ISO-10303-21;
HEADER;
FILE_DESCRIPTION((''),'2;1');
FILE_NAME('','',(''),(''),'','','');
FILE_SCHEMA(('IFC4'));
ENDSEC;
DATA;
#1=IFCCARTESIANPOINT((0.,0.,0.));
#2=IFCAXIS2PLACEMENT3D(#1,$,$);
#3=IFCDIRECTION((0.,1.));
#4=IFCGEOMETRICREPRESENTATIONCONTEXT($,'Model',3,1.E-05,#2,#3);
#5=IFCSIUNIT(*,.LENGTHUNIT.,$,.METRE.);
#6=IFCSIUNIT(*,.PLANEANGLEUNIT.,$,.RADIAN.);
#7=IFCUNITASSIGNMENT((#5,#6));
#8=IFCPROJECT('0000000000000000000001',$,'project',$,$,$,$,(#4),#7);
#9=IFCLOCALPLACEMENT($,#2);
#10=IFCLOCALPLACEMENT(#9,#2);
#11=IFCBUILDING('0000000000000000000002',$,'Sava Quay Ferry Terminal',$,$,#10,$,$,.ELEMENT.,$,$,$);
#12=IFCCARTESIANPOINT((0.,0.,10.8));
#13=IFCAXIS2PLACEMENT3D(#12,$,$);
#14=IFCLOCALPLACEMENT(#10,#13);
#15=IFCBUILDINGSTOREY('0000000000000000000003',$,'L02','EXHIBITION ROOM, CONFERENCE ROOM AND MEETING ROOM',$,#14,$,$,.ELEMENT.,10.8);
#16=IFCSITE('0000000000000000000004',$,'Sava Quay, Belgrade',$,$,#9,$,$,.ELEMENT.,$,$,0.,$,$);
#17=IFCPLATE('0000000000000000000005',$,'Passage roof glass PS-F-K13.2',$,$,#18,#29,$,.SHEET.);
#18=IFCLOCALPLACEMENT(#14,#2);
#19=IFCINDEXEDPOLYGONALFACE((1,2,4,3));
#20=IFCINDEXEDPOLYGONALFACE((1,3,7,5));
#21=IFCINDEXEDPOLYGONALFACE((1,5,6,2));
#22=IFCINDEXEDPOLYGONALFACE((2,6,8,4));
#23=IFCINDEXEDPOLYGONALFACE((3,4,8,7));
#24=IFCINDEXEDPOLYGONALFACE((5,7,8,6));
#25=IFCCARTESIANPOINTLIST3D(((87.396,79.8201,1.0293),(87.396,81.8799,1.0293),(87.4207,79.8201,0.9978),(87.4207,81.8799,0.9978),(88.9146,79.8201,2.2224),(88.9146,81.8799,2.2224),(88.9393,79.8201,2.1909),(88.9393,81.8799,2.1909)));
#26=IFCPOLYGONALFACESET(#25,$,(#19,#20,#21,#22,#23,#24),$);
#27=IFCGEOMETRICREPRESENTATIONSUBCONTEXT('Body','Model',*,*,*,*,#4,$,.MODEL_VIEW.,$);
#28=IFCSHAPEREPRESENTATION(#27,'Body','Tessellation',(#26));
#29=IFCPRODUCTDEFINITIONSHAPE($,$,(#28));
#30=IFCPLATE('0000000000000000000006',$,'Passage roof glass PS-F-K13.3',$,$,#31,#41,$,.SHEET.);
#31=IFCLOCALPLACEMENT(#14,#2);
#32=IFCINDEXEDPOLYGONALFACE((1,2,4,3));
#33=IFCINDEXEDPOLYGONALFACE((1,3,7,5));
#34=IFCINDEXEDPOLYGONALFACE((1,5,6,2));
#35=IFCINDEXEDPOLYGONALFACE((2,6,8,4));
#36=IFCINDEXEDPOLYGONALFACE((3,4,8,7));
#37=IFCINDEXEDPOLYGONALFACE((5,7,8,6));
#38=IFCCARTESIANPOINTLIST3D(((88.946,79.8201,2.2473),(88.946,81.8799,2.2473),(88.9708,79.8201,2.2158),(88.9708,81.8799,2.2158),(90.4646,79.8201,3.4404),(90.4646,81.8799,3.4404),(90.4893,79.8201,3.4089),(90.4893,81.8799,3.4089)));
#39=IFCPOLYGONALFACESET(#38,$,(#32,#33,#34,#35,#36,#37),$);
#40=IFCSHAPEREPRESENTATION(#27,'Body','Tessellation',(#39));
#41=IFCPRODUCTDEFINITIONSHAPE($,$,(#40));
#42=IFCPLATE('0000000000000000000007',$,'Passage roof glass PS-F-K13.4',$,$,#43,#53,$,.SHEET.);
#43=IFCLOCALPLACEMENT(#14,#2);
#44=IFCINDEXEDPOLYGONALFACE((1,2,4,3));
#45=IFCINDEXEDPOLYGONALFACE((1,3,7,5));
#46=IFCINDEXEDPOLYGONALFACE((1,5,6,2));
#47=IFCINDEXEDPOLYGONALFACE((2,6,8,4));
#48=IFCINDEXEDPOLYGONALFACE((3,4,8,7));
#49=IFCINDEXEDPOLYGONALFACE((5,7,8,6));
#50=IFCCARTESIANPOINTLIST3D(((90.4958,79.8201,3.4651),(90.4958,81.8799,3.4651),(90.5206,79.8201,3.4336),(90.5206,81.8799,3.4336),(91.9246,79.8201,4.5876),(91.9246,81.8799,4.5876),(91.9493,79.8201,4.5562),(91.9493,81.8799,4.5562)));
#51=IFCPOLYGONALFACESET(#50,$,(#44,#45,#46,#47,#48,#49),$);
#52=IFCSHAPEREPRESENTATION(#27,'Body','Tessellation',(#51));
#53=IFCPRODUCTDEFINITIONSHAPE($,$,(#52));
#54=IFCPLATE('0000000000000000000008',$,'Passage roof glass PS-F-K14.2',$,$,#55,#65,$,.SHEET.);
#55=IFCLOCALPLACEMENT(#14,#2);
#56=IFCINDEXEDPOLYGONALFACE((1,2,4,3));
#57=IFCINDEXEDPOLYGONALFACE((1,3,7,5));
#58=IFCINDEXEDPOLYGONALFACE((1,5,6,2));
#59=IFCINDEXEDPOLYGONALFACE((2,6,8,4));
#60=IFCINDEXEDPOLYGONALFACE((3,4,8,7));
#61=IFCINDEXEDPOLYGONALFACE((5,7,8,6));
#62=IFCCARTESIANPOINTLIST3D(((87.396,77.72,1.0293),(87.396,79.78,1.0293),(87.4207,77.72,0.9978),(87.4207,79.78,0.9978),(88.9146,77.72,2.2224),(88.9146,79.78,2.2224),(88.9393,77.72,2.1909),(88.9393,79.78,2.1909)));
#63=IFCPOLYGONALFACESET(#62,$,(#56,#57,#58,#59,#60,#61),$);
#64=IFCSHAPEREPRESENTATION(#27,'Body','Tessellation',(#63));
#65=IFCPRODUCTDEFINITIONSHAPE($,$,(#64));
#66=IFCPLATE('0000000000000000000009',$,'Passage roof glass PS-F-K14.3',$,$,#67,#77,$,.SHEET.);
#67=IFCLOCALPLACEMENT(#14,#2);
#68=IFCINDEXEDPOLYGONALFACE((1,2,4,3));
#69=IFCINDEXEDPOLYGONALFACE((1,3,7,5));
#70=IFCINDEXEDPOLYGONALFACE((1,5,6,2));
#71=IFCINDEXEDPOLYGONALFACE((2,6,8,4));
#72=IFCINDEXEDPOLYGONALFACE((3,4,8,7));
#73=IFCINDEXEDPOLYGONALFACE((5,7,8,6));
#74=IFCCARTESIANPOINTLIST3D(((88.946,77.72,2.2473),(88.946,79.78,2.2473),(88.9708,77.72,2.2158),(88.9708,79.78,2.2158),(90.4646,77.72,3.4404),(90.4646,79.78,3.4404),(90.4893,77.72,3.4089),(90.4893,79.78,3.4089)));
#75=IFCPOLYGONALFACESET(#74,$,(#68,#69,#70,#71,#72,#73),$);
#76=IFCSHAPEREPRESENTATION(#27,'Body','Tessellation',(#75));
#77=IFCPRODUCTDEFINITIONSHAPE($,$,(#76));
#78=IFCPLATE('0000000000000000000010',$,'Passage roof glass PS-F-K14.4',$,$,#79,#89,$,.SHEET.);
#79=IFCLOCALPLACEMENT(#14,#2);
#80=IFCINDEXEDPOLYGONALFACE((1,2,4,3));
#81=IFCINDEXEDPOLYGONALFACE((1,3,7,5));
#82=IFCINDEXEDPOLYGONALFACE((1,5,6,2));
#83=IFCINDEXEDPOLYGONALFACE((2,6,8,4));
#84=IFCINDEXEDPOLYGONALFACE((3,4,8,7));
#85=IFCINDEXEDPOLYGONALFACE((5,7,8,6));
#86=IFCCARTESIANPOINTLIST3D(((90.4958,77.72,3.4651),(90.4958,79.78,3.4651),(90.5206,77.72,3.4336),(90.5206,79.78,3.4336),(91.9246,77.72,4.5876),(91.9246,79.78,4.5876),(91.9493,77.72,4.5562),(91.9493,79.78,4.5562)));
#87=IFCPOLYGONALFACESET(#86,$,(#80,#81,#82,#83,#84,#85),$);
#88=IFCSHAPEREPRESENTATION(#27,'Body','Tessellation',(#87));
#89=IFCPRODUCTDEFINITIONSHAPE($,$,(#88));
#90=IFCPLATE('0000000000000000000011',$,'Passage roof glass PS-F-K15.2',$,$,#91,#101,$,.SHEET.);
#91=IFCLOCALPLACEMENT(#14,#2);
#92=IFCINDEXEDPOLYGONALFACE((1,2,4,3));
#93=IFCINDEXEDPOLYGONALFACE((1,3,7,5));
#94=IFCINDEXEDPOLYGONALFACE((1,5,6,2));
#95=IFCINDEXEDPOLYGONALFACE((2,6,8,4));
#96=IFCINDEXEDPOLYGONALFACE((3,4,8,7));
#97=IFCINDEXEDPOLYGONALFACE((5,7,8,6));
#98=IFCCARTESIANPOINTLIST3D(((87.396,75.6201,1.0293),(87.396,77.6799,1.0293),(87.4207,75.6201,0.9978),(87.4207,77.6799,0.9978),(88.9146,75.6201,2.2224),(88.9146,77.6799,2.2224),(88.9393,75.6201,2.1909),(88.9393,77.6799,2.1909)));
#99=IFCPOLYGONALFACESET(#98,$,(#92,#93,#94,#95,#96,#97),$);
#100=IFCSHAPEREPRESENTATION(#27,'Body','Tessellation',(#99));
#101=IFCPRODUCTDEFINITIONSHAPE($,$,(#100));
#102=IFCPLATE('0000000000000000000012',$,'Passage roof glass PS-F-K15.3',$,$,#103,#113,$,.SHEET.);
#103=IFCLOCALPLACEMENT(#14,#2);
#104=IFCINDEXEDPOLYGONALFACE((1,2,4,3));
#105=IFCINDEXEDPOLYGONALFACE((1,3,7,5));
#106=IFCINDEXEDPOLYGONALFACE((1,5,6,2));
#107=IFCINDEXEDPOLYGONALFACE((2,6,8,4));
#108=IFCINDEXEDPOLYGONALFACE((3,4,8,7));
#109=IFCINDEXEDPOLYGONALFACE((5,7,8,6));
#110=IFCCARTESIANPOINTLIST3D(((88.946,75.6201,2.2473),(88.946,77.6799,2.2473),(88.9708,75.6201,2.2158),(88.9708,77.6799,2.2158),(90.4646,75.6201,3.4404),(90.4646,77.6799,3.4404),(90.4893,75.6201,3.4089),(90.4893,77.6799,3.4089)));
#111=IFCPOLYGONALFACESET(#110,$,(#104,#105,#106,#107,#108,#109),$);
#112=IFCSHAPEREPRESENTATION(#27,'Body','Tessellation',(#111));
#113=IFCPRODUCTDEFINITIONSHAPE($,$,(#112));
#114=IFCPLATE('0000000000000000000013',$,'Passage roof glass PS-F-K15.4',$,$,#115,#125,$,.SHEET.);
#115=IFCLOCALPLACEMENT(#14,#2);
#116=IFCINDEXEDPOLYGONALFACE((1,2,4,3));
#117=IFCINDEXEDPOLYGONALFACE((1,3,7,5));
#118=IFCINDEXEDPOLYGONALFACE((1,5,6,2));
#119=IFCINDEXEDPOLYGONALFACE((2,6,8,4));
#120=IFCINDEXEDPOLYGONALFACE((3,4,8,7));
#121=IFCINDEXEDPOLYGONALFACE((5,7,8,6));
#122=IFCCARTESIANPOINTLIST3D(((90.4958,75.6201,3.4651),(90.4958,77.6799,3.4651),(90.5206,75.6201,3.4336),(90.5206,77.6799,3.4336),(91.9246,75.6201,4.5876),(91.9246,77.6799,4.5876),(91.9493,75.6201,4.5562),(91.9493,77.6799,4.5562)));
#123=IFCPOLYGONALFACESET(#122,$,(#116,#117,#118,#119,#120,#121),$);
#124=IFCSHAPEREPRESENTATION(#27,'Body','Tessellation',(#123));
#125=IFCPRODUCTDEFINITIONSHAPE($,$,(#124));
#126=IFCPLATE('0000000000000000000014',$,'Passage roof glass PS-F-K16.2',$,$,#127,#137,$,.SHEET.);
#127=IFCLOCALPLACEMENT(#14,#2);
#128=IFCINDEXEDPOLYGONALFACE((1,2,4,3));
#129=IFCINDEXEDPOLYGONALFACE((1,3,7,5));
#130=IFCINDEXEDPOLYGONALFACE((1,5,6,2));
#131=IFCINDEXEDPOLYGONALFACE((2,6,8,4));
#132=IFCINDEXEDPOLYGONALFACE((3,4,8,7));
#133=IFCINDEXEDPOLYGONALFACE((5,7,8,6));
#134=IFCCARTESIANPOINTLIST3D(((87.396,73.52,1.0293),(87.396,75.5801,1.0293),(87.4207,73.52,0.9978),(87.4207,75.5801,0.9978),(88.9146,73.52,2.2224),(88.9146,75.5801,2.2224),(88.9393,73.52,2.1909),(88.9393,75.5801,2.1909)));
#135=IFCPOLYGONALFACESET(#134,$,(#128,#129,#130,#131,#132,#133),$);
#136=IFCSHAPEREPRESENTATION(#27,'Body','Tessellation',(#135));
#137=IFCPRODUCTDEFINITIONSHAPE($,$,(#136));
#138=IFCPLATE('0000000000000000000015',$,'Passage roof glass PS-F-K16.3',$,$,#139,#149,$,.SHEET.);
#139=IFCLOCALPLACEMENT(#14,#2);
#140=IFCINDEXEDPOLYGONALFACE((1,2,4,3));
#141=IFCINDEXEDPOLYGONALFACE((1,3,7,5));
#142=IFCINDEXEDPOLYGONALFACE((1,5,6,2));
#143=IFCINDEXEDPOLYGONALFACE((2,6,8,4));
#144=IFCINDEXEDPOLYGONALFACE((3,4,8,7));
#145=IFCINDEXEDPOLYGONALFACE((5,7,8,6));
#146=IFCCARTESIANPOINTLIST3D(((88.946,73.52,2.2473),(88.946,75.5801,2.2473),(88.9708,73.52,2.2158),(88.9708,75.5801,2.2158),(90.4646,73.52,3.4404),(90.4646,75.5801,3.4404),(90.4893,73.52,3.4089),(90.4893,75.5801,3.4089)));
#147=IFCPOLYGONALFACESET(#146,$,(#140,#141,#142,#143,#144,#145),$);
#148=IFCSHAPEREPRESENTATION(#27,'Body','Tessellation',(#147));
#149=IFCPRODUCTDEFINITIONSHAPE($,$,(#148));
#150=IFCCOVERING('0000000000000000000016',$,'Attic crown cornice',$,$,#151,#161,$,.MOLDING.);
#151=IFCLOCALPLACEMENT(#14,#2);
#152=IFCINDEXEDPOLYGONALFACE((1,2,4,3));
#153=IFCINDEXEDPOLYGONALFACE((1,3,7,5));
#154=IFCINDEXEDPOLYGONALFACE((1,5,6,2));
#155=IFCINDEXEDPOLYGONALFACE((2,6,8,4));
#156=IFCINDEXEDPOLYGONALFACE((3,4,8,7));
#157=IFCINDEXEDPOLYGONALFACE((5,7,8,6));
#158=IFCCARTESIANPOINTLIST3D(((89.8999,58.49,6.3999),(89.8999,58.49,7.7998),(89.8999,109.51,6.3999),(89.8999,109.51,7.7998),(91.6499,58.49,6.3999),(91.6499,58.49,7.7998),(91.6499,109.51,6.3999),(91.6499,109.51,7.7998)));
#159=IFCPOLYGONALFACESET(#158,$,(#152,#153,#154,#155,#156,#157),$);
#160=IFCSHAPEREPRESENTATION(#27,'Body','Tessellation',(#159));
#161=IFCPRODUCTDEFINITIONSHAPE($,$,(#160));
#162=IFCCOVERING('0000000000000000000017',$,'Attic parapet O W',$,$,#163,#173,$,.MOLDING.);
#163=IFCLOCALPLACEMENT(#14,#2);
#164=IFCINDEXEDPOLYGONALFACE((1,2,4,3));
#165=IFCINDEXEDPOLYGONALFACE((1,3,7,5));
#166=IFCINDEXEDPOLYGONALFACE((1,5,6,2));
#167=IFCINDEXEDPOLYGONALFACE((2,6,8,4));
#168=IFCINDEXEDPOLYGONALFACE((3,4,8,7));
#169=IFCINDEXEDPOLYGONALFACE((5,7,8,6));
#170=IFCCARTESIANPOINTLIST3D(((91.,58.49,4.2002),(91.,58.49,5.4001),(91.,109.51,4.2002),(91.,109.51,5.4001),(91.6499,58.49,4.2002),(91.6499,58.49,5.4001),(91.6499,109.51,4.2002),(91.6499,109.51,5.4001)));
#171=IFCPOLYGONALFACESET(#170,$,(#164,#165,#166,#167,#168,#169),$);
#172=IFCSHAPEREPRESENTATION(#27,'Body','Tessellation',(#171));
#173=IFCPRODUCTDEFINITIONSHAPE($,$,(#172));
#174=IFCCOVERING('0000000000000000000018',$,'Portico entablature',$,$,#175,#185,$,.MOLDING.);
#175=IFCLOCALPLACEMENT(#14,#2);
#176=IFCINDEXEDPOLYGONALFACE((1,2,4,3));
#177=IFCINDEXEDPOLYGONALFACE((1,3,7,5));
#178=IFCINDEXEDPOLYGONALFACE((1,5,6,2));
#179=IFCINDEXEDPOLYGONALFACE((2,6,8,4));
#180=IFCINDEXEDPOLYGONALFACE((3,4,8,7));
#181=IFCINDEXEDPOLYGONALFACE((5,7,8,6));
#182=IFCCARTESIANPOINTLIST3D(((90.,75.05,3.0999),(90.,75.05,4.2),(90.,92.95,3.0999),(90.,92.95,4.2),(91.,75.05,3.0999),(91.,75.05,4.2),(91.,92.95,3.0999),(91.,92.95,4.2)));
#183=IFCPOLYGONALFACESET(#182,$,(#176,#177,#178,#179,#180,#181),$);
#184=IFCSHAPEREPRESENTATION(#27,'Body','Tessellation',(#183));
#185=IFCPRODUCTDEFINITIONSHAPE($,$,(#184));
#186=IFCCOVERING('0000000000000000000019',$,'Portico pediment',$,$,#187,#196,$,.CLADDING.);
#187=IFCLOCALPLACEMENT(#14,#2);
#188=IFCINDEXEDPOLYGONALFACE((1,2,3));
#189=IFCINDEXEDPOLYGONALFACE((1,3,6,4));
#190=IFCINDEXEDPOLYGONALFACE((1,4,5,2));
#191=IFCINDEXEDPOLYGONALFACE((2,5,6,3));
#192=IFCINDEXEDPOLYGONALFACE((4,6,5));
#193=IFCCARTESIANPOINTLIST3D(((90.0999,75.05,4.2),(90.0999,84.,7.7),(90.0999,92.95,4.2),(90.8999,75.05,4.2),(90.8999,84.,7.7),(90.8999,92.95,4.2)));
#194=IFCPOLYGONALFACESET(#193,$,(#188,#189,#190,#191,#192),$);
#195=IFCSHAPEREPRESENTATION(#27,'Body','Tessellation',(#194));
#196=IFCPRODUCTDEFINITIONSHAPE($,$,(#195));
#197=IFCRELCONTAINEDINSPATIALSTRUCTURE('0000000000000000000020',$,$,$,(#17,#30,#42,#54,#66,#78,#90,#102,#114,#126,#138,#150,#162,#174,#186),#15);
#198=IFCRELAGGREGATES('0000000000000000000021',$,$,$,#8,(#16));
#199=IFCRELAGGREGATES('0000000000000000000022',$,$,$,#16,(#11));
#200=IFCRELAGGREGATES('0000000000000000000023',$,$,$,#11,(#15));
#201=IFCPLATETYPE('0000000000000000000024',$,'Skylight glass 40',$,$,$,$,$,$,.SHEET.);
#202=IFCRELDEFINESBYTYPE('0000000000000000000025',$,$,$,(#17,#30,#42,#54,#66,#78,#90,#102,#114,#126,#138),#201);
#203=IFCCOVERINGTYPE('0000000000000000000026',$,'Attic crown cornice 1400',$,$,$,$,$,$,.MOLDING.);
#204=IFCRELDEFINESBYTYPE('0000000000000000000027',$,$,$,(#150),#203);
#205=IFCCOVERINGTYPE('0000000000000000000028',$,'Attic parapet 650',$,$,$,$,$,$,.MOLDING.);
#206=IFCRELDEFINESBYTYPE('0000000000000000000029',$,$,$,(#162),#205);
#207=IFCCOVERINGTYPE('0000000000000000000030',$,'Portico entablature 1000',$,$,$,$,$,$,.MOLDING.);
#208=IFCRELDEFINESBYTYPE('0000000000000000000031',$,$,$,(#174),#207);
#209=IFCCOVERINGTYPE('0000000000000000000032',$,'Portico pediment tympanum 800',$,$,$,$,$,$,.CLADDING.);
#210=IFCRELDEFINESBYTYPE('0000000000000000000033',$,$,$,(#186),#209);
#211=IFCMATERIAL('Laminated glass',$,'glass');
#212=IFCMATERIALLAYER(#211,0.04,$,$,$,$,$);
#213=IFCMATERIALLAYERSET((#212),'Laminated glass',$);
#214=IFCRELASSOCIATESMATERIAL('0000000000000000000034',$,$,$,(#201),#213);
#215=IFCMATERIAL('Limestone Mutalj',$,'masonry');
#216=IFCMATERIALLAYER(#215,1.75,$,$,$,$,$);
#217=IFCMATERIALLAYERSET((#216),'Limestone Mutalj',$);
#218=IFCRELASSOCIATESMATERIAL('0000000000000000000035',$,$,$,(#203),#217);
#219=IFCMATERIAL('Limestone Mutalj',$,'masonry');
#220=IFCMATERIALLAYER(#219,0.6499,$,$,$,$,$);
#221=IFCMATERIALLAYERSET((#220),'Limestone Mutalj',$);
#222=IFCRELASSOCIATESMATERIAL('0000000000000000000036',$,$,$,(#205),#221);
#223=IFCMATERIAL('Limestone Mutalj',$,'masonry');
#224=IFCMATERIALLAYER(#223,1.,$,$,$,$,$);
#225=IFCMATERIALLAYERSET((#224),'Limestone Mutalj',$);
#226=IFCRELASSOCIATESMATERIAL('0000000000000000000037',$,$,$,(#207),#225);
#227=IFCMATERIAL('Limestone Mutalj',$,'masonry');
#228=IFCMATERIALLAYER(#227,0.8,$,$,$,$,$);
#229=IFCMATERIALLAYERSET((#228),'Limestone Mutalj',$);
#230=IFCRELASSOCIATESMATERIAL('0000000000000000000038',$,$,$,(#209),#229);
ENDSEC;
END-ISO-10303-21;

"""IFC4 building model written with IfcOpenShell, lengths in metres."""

from ifc_helpers import new_model, si_unit, direction, frame, origin, origin_2d, place, context, subcontext, project, spatial, polyline, rectangle, outline, extrude, material, layer, layer_set, type_object, element, save


model = new_model("IFC4")

# Units and contexts
model_context = context("Model", 3, precision=1e-05, world=origin(), true_north=direction((0.0, 1.0)))
body_context = subcontext(model_context, "Body", "Model", "MODEL_VIEW")
ifc_project = project(units=[si_unit("LENGTHUNIT", "METRE"), si_unit("PLANEANGLEUNIT", "RADIAN")], contexts=[model_context])

# Site, building, storey
site_placement = place(None, origin())
site = spatial("IfcSite", under=ifc_project, at=site_placement, Name="Sava Quay, Belgrade", CompositionType="ELEMENT", RefElevation=0.0)
building_placement = place(site_placement, origin())
building = spatial("IfcBuilding", under=site, at=building_placement, Name="Sava Quay Ferry Terminal", CompositionType="ELEMENT")
storey_placement = place(building_placement, frame((0.0, 0.0, 10.8)))
storey = spatial("IfcBuildingStorey", under=building, at=storey_placement, Name="L02", Description="EXHIBITION ROOM, CONFERENCE ROOM AND MEETING ROOM", CompositionType="ELEMENT", Elevation=10.8)

# Plates
ifc_material_1 = material(Name="Laminated glass", Category="glass")
ifc_layer_1 = layer(ifc_material_1, 0.04)
ifc_layer_set_1 = layer_set([ifc_layer_1], Name="Laminated glass")
plate_type_1 = type_object("IfcPlateType", Name="Skylight glass 40", PredefinedType="SHEET", material=ifc_layer_set_1)
for number, where, z_axis, x_axis, name in (
    (1, (87.396, 81.8799, 1.0293), (-0.61781, 0.0, 0.786327), (0.786327, 0.0, 0.61781), "Passage roof glass PS-F-K13.2"),
    (2, (88.946, 81.8799, 2.2473), (-0.61781, 0.0, 0.786327), (0.786327, 0.0, 0.61781), "Passage roof glass PS-F-K13.3"),
):
    element("IfcPlate", number, at=place(storey_placement, frame(where, z_axis=z_axis, x_axis=x_axis)), inside=storey, type_object=plate_type_1, Name=name, PredefinedType="SHEET", context=body_context, shape_type="SweptSolid", body=[
        extrude(outline(polyline([(0.0, 0.0), (1.9312, 0.0), (1.9312, -2.0598), (0.0, -2.0598), (0.0, 0.0)])), origin(), (0.0, 0.0, -1.0), 0.04),
    ])
plate_1_placement = place(storey_placement, frame((90.4958, 79.8201, 3.4651), z_axis=(-0.617822, 0.0, 0.786318), x_axis=(0.0, 1.0, 0.0)))
element("IfcPlate", 3, at=plate_1_placement, inside=storey, type_object=plate_type_1, Name="Passage roof glass PS-F-K13.4", PredefinedType="SHEET", context=body_context, shape_type="SweptSolid", body=[
    extrude(outline(polyline([(0.0, 0.0), (2.0598, 0.0), (2.0598, -1.817), (0.0, -1.817), (0.0, 0.0)])), origin(), (0.0, 0.0, -1.0), 0.04),
])
for number, where, z_axis, x_axis, name in (
    (4, (87.396, 79.78, 1.0293), (-0.61781, 0.0, 0.786327), (0.786327, 0.0, 0.61781), "Passage roof glass PS-F-K14.2"),
    (5, (88.946, 79.78, 2.2473), (-0.61781, 0.0, 0.786327), (0.786327, 0.0, 0.61781), "Passage roof glass PS-F-K14.3"),
):
    element("IfcPlate", number, at=place(storey_placement, frame(where, z_axis=z_axis, x_axis=x_axis)), inside=storey, type_object=plate_type_1, Name=name, PredefinedType="SHEET", context=body_context, shape_type="SweptSolid", body=[
        extrude(outline(polyline([(0.0, 0.0), (1.9312, 0.0), (1.9312, -2.0601), (0.0, -2.0601), (0.0, 0.0)])), origin(), (0.0, 0.0, -1.0), 0.04),
    ])
plate_2_placement = place(storey_placement, frame((90.4958, 77.72, 3.4651), z_axis=(-0.617822, 0.0, 0.786318), x_axis=(0.0, 1.0, 0.0)))
element("IfcPlate", 6, at=plate_2_placement, inside=storey, type_object=plate_type_1, Name="Passage roof glass PS-F-K14.4", PredefinedType="SHEET", context=body_context, shape_type="SweptSolid", body=[
    extrude(outline(polyline([(0.0, 0.0), (2.0601, 0.0), (2.0601, -1.817), (0.0, -1.817), (0.0, 0.0)])), origin(), (0.0, 0.0, -1.0), 0.04),
])
for number, where, z_axis, x_axis, name in (
    (7, (87.396, 77.6799, 1.0293), (-0.61781, 0.0, 0.786327), (0.786327, 0.0, 0.61781), "Passage roof glass PS-F-K15.2"),
    (8, (88.946, 77.6799, 2.2473), (-0.61781, 0.0, 0.786327), (0.786327, 0.0, 0.61781), "Passage roof glass PS-F-K15.3"),
):
    element("IfcPlate", number, at=place(storey_placement, frame(where, z_axis=z_axis, x_axis=x_axis)), inside=storey, type_object=plate_type_1, Name=name, PredefinedType="SHEET", context=body_context, shape_type="SweptSolid", body=[
        extrude(outline(polyline([(0.0, 0.0), (1.9312, 0.0), (1.9312, -2.0598), (0.0, -2.0598), (0.0, 0.0)])), origin(), (0.0, 0.0, -1.0), 0.04),
    ])
plate_3_placement = place(storey_placement, frame((90.4958, 75.6201, 3.4651), z_axis=(-0.617822, 0.0, 0.786318), x_axis=(0.0, 1.0, 0.0)))
element("IfcPlate", 9, at=plate_3_placement, inside=storey, type_object=plate_type_1, Name="Passage roof glass PS-F-K15.4", PredefinedType="SHEET", context=body_context, shape_type="SweptSolid", body=[
    extrude(outline(polyline([(0.0, 0.0), (2.0598, 0.0), (2.0598, -1.817), (0.0, -1.817), (0.0, 0.0)])), origin(), (0.0, 0.0, -1.0), 0.04),
])
for number, where, z_axis, x_axis, name in (
    (10, (87.396, 75.5801, 1.0293), (-0.61781, 0.0, 0.786327), (0.786327, 0.0, 0.61781), "Passage roof glass PS-F-K16.2"),
    (11, (88.946, 75.5801, 2.2473), (-0.61781, 0.0, 0.786327), (0.786327, 0.0, 0.61781), "Passage roof glass PS-F-K16.3"),
):
    element("IfcPlate", number, at=place(storey_placement, frame(where, z_axis=z_axis, x_axis=x_axis)), inside=storey, type_object=plate_type_1, Name=name, PredefinedType="SHEET", context=body_context, shape_type="SweptSolid", body=[
        extrude(outline(polyline([(0.0, 0.0), (1.9312, 0.0), (1.9312, -2.0601), (0.0, -2.0601), (0.0, 0.0)])), origin(), (0.0, 0.0, -1.0), 0.04),
    ])

# Coverings
ifc_material_2 = material(Name="Limestone Mutalj", Category="masonry")
ifc_layer_2 = layer(ifc_material_2, 1.75)
ifc_layer_set_2 = layer_set([ifc_layer_2], Name="Limestone Mutalj")
covering_type_1 = type_object("IfcCoveringType", Name="Attic crown cornice 1400", PredefinedType="MOLDING", material=ifc_layer_set_2)
covering_1_placement = place(storey_placement, frame((90.7749, 84.0, 6.3999), z_axis=(0.0, 0.0, 1.0), x_axis=(1.0, 0.0, 0.0)))
element("IfcCovering", 12, at=covering_1_placement, inside=storey, type_object=covering_type_1, Name="Attic crown cornice", PredefinedType="MOLDING", context=body_context, shape_type="SweptSolid", body=[
    extrude(rectangle(XDim=1.75, YDim=51.02, at=origin_2d()), origin(), (0.0, 0.0, 1.0), 1.3999),
])
ifc_material_3 = material(Name="Limestone Mutalj", Category="masonry")
ifc_layer_3 = layer(ifc_material_3, 0.6499)
ifc_layer_set_3 = layer_set([ifc_layer_3], Name="Limestone Mutalj")
covering_type_2 = type_object("IfcCoveringType", Name="Attic parapet 650", PredefinedType="MOLDING", material=ifc_layer_set_3)
covering_2_placement = place(storey_placement, frame((91.325, 84.0, 4.2002), z_axis=(0.0, 0.0, 1.0), x_axis=(1.0, 0.0, 0.0)))
element("IfcCovering", 13, at=covering_2_placement, inside=storey, type_object=covering_type_2, Name="Attic parapet O W", PredefinedType="MOLDING", context=body_context, shape_type="SweptSolid", body=[
    extrude(rectangle(XDim=0.6499, YDim=51.02, at=origin_2d()), origin(), (0.0, 0.0, 1.0), 1.2),
])
ifc_material_4 = material(Name="Limestone Mutalj", Category="masonry")
ifc_layer_4 = layer(ifc_material_4, 1.0)
ifc_layer_set_4 = layer_set([ifc_layer_4], Name="Limestone Mutalj")
covering_type_3 = type_object("IfcCoveringType", Name="Portico entablature 1000", PredefinedType="MOLDING", material=ifc_layer_set_4)
covering_3_placement = place(storey_placement, frame((90.5, 84.0, 3.0999), z_axis=(0.0, 0.0, 1.0), x_axis=(1.0, 0.0, 0.0)))
element("IfcCovering", 14, at=covering_3_placement, inside=storey, type_object=covering_type_3, Name="Portico entablature", PredefinedType="MOLDING", context=body_context, shape_type="SweptSolid", body=[
    extrude(rectangle(XDim=1.0, YDim=17.8999, at=origin_2d()), origin(), (0.0, 0.0, 1.0), 1.1001),
])
ifc_material_5 = material(Name="Limestone Mutalj", Category="masonry")
ifc_layer_5 = layer(ifc_material_5, 0.8)
ifc_layer_set_5 = layer_set([ifc_layer_5], Name="Limestone Mutalj")
covering_type_4 = type_object("IfcCoveringType", Name="Portico pediment tympanum 800", PredefinedType="CLADDING", material=ifc_layer_set_5)
covering_4_placement = place(storey_placement, frame((90.8999, 75.05, 4.2), z_axis=(1.0, 0.0, 0.0), x_axis=(0.0, 1.0, 0.0)))
element("IfcCovering", 15, at=covering_4_placement, inside=storey, type_object=covering_type_4, Name="Portico pediment", PredefinedType="CLADDING", context=body_context, shape_type="SweptSolid", body=[
    extrude(outline(polyline([(0.0, 0.0), (17.8999, 0.0), (8.95, 3.5), (0.0, 0.0)])), origin(), (0.0, 0.0, -1.0), 0.8),
])

save(model, "model.ifc")
